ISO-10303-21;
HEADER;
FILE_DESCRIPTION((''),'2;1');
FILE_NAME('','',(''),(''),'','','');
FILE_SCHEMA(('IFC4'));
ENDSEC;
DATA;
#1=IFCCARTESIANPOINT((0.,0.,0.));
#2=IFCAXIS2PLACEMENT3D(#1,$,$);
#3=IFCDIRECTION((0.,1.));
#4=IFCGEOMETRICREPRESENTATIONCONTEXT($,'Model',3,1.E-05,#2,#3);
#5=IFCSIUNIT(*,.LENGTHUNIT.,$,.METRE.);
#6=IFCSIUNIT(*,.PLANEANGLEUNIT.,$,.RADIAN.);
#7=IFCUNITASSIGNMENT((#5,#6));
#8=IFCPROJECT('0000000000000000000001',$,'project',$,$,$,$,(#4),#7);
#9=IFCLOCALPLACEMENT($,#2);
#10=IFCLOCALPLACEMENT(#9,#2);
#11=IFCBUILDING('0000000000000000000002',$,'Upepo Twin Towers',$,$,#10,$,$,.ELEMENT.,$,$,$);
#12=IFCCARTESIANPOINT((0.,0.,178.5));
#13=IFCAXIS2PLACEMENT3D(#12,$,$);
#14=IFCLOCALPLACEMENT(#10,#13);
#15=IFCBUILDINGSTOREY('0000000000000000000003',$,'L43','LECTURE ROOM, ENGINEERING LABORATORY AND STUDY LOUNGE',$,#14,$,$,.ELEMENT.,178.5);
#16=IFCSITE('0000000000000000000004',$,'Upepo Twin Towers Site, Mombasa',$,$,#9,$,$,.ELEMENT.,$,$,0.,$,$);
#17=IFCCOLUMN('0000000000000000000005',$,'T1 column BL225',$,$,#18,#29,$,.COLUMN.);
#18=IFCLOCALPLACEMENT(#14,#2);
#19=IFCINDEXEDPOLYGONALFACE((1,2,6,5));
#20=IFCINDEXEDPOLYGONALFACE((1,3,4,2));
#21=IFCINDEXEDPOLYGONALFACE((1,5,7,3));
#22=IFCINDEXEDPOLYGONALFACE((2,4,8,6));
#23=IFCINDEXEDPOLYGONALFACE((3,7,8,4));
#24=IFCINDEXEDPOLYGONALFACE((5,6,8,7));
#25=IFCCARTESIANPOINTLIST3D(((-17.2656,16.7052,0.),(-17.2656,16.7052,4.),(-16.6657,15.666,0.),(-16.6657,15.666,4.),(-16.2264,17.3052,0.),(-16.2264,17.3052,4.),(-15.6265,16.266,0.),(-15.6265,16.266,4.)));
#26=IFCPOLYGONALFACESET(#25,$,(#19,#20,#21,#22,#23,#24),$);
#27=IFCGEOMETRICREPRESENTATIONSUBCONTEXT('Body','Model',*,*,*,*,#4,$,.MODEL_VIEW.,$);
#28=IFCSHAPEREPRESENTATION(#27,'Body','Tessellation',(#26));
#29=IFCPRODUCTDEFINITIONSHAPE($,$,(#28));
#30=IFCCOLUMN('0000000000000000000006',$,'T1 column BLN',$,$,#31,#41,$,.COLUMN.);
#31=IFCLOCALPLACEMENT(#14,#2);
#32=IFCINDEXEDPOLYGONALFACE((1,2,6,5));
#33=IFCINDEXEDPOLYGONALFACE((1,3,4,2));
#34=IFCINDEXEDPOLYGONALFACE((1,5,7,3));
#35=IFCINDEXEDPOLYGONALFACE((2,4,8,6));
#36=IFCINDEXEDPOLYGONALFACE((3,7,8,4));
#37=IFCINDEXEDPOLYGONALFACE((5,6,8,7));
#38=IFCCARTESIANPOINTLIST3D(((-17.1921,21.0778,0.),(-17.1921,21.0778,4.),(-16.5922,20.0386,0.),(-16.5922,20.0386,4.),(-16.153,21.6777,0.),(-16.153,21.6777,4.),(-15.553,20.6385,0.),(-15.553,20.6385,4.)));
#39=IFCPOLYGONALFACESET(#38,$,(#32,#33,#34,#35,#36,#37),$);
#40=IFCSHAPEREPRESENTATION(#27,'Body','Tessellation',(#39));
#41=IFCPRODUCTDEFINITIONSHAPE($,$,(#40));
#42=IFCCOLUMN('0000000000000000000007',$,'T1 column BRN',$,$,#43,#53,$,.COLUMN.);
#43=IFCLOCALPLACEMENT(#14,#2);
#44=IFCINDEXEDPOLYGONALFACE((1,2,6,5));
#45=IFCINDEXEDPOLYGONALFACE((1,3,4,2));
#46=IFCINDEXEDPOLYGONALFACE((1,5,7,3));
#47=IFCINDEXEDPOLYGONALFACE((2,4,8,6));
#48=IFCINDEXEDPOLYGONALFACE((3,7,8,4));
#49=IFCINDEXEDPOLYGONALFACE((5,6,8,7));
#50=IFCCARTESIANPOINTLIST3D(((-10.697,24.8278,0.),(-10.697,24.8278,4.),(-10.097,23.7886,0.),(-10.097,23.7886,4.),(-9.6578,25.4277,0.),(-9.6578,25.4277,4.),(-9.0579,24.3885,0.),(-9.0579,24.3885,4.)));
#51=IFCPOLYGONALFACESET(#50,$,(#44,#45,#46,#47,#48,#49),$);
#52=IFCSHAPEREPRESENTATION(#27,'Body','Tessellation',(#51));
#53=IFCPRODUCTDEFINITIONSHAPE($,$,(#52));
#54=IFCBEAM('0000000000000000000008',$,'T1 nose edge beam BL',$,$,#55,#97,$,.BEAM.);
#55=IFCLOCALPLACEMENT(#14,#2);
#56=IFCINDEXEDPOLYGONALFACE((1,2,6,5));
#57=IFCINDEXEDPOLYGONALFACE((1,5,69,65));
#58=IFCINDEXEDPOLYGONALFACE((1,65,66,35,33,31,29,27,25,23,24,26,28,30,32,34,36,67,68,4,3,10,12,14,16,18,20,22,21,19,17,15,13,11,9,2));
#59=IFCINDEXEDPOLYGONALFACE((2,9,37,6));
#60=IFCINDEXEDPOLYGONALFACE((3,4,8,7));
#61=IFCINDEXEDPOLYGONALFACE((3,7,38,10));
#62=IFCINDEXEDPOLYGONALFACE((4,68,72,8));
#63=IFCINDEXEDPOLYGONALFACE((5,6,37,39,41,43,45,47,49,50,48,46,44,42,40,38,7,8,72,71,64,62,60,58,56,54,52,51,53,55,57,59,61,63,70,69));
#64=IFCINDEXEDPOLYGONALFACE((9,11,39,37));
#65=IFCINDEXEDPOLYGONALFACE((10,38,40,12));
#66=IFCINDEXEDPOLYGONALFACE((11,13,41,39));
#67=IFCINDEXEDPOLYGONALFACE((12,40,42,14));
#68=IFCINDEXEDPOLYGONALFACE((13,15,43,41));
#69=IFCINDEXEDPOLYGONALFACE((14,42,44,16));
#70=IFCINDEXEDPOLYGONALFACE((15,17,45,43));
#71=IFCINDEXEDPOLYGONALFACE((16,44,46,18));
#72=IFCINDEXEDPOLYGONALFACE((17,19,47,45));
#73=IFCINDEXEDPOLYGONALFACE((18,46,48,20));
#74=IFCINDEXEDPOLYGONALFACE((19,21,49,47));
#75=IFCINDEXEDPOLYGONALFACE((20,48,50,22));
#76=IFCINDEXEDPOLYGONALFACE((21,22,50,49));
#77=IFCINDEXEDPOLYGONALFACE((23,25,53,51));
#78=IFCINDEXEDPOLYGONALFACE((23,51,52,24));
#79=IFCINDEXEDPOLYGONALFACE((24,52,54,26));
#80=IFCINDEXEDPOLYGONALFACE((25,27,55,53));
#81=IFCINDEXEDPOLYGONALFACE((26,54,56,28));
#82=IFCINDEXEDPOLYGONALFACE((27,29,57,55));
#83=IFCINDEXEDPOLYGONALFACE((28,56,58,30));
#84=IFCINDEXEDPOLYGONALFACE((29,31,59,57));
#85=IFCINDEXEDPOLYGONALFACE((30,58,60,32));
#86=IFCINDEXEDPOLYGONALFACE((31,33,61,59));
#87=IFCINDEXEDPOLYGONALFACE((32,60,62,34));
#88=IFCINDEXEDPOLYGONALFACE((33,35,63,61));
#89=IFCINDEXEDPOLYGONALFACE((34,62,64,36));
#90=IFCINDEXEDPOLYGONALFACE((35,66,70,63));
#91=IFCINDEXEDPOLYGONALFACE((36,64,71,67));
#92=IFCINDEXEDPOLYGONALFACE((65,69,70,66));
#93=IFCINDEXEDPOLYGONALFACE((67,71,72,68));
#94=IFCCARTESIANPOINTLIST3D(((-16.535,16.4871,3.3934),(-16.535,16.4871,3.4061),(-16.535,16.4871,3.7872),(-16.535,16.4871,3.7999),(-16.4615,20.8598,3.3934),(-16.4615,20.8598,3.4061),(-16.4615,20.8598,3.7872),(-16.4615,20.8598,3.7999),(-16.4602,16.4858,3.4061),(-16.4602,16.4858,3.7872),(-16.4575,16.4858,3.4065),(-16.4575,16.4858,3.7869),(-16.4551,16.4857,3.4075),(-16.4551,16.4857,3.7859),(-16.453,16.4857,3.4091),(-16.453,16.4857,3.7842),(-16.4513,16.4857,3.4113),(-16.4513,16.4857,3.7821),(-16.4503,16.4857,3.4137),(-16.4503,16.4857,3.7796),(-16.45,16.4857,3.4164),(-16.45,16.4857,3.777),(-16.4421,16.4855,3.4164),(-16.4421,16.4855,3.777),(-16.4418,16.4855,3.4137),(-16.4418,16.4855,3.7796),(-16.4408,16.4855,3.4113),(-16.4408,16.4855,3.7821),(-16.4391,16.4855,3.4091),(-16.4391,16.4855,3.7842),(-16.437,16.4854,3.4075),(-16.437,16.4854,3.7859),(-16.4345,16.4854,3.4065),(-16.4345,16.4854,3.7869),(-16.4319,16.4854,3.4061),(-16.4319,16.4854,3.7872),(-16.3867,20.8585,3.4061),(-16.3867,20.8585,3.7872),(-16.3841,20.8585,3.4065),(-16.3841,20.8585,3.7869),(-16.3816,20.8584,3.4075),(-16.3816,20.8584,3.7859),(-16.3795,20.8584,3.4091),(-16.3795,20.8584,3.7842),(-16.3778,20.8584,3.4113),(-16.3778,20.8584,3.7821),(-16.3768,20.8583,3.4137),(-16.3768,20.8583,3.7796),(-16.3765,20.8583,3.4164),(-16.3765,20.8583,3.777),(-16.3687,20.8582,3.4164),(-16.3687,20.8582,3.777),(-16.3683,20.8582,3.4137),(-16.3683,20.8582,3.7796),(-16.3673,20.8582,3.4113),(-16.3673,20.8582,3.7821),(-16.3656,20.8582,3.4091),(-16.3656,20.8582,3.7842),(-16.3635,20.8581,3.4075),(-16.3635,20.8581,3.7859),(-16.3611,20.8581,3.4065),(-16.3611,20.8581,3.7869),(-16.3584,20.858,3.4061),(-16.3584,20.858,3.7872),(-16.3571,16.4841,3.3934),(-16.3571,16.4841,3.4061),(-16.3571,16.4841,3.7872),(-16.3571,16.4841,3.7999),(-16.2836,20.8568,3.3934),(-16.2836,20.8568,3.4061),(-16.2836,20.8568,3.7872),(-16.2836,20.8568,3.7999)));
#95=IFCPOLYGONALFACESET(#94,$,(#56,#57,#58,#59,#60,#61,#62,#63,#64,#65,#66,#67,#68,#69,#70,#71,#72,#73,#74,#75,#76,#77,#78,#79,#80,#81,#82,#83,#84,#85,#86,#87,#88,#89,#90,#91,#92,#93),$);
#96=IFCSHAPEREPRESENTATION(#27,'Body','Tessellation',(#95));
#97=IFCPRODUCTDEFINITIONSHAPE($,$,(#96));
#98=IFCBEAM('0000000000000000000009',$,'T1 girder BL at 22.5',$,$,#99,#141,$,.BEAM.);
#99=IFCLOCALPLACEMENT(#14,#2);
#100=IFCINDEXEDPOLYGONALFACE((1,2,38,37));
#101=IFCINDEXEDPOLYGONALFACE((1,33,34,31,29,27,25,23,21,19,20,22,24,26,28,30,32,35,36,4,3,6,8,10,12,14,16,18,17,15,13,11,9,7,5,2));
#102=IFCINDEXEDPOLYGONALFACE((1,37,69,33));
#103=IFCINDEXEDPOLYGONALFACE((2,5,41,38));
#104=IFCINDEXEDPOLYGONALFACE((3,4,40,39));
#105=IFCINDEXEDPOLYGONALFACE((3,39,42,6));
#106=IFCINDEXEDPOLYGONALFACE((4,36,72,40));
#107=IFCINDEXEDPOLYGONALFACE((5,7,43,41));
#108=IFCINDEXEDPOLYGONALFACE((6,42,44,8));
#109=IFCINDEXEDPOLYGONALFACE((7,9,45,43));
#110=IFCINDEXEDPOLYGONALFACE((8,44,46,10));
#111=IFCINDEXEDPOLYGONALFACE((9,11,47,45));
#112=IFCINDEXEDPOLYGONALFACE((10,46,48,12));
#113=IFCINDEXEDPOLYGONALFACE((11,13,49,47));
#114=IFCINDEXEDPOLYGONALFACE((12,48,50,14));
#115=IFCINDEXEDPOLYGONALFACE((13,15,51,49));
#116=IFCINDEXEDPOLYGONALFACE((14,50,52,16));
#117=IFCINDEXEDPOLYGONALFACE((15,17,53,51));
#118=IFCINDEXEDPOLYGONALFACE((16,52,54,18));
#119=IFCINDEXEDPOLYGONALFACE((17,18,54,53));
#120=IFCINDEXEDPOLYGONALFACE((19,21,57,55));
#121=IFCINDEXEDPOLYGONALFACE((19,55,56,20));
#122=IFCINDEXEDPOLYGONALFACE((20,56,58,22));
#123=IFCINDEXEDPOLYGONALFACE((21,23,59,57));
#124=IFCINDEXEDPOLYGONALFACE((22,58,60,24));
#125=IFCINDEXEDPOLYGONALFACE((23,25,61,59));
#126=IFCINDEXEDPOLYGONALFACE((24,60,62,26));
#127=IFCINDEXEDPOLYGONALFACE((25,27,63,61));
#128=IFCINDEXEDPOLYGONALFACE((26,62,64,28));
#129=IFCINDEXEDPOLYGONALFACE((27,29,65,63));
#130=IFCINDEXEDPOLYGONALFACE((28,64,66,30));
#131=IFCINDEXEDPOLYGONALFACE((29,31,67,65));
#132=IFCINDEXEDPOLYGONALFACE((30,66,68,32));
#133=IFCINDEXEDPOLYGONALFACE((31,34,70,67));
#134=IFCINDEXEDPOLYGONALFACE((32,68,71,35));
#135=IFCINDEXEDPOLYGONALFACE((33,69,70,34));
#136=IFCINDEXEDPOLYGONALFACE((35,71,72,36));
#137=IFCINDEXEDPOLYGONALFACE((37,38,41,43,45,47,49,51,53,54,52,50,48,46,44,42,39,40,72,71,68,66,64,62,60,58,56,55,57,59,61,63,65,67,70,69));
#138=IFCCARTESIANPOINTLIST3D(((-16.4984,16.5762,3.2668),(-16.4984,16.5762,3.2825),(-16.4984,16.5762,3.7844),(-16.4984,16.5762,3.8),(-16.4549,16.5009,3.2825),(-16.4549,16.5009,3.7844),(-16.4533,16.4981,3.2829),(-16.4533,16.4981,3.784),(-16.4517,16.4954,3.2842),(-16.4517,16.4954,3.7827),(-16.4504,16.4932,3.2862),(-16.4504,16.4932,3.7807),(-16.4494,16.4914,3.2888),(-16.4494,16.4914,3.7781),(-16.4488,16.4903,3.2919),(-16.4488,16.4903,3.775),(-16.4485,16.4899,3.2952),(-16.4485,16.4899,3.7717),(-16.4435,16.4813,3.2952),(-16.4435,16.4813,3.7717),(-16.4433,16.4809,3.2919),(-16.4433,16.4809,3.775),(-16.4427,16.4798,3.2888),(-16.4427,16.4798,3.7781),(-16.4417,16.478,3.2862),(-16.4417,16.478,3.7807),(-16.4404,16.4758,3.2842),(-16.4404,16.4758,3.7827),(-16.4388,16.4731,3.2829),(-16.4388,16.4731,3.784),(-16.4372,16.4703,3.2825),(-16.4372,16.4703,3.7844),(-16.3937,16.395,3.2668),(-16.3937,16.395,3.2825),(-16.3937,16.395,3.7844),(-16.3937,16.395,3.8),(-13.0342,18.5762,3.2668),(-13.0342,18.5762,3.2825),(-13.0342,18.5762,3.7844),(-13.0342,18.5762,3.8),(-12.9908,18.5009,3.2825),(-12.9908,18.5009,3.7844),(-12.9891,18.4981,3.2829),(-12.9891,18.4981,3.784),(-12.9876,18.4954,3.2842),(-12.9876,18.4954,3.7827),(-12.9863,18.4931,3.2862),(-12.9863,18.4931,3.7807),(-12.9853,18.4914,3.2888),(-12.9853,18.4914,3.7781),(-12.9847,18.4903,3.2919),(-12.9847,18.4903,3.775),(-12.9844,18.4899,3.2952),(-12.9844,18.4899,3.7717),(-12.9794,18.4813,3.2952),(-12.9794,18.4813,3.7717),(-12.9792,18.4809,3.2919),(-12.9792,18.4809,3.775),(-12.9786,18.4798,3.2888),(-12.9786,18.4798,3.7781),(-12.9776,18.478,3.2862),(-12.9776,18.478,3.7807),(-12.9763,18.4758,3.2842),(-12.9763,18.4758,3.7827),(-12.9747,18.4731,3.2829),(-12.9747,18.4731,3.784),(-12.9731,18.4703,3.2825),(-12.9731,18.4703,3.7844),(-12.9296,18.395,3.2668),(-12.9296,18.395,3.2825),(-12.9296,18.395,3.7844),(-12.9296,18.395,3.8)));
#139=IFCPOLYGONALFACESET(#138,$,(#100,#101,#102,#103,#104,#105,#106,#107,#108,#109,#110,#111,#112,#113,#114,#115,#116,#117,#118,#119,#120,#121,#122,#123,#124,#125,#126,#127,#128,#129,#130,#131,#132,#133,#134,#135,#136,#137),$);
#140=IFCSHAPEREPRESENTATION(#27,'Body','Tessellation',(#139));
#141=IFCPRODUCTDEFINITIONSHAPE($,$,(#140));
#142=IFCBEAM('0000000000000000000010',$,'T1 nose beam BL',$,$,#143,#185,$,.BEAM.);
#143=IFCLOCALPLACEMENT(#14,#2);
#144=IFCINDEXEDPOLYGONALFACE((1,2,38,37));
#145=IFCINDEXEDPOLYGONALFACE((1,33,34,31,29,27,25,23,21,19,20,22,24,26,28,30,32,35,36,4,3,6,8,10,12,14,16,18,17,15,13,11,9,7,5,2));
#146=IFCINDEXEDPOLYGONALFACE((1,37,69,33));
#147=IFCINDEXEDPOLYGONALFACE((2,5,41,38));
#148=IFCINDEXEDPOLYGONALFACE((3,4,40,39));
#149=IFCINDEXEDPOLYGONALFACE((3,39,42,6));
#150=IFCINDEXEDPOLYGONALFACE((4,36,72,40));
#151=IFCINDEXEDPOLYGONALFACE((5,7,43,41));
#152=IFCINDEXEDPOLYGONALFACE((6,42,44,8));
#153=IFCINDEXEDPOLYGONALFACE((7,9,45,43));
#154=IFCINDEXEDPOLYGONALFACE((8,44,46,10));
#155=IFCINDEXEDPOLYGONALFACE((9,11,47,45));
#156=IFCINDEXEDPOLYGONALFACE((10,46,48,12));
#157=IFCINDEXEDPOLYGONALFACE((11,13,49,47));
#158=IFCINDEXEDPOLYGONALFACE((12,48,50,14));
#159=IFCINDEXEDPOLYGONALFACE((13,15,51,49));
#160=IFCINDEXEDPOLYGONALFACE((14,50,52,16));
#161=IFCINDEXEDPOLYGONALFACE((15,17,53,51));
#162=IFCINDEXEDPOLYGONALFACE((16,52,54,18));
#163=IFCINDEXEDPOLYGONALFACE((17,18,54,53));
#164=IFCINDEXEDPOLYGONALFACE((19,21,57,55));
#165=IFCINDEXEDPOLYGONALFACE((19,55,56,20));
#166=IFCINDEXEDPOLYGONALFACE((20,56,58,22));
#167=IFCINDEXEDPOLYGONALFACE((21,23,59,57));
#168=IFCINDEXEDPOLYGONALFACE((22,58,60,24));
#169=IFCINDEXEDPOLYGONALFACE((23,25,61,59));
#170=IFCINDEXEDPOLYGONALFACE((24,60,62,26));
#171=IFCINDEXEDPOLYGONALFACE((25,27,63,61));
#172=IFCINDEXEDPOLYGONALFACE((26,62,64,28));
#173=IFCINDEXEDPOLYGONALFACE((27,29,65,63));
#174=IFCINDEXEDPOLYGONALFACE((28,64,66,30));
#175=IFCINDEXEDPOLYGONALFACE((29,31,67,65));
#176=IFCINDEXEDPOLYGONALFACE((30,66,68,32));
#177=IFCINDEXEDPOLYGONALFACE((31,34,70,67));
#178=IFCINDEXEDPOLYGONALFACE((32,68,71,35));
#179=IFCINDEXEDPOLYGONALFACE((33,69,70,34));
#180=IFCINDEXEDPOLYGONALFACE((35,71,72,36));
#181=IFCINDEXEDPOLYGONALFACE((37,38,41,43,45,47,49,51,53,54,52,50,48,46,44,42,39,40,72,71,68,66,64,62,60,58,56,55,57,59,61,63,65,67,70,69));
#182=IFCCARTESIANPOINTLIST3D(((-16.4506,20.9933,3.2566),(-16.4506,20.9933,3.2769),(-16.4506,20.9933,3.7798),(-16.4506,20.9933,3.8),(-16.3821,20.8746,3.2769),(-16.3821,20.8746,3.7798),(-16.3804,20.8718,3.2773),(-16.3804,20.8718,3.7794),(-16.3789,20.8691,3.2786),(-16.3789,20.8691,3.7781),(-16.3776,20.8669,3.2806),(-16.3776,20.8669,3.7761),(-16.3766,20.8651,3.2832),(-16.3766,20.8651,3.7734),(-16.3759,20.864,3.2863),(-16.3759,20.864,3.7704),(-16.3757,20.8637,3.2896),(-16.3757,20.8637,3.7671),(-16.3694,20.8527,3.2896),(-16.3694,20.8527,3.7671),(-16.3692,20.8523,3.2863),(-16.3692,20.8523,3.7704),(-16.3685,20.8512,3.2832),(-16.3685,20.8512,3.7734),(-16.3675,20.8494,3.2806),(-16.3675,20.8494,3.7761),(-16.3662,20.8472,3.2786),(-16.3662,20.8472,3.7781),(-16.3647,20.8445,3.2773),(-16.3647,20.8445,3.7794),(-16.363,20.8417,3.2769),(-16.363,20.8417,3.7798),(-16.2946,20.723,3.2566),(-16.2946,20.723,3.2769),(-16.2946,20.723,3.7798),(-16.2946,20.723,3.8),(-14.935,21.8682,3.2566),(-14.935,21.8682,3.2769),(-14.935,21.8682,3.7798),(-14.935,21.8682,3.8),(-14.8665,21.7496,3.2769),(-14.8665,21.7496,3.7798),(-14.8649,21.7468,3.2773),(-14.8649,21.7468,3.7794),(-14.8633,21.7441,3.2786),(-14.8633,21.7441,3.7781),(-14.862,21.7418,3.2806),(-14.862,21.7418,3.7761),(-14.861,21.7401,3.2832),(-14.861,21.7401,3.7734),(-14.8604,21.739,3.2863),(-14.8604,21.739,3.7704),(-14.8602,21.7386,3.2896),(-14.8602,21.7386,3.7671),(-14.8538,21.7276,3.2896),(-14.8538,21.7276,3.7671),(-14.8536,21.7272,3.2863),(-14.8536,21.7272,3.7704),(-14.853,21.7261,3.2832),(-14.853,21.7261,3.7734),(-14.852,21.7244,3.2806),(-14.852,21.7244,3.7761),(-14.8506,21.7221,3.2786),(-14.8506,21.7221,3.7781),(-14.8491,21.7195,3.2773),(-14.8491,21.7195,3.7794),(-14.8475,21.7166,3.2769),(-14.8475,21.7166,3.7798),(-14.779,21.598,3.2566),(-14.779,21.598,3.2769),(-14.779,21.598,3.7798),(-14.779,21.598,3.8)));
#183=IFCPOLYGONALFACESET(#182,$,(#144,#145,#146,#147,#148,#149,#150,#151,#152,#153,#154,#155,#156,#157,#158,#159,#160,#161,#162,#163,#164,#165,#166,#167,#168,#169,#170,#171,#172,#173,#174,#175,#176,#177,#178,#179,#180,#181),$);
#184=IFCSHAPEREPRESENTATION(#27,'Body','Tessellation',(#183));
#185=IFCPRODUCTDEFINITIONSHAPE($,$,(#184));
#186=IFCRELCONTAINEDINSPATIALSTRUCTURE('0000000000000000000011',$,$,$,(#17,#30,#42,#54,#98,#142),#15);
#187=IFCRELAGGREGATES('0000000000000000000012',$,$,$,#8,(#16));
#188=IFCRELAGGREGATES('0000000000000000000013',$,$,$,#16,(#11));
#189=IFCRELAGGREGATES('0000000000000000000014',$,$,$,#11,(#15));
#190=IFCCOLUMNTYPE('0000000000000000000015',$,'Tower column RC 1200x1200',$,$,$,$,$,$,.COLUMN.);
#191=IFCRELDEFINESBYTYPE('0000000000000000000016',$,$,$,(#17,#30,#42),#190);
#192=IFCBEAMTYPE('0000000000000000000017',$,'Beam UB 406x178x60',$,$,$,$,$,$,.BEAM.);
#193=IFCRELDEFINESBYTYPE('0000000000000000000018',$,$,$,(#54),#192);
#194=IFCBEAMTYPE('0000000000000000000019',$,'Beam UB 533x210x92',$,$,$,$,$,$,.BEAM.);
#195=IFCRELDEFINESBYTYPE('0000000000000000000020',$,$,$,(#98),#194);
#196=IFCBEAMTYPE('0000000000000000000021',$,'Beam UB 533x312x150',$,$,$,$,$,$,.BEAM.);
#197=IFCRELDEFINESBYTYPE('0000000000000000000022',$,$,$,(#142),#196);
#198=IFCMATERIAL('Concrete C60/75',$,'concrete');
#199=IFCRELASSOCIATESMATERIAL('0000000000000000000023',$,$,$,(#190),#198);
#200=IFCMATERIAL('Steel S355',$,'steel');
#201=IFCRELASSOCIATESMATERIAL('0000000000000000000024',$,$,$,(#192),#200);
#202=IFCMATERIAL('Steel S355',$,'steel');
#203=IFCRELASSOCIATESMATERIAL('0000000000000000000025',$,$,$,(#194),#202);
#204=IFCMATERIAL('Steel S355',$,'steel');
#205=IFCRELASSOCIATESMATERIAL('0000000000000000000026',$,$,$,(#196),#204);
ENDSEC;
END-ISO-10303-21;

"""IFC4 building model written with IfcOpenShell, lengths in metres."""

from ifc_helpers import new_model, si_unit, direction, frame, origin, origin_2d, place, context, subcontext, project, spatial, rectangle, i_section, extrude, material, material_profile, profile_set, type_object, element, save


model = new_model("IFC4")

# Units and contexts
model_context = context("Model", 3, precision=1e-05, world=origin(), true_north=direction((0.0, 1.0)))
body_context = subcontext(model_context, "Body", "Model", "MODEL_VIEW")
ifc_project = project(units=[si_unit("LENGTHUNIT", "METRE"), si_unit("PLANEANGLEUNIT", "RADIAN")], contexts=[model_context])

# Site, building, storey
site_placement = place(None, origin())
site = spatial("IfcSite", under=ifc_project, at=site_placement, Name="Upepo Twin Towers Site, Mombasa", CompositionType="ELEMENT", RefElevation=0.0)
building_placement = place(site_placement, origin())
building = spatial("IfcBuilding", under=site, at=building_placement, Name="Upepo Twin Towers", CompositionType="ELEMENT")
storey_placement = place(building_placement, frame((0.0, 0.0, 178.5)))
storey = spatial("IfcBuildingStorey", under=building, at=storey_placement, Name="L43", Description="LECTURE ROOM, ENGINEERING LABORATORY AND STUDY LOUNGE", CompositionType="ELEMENT", Elevation=178.5)

# Columns
ifc_material_1 = material(Name="Concrete C60/75", Category="concrete")
ifc_material_profile_1 = material_profile(ifc_material_1, rectangle(XDim=1.2, YDim=1.2, at=origin_2d()), Name="RC 1200x1200")
ifc_profile_set_1 = profile_set([ifc_material_profile_1], Name="Concrete C60/75")
column_type = type_object("IfcColumnType", Name="Tower column RC 1200x1200", PredefinedType="COLUMN", material=ifc_profile_set_1)
for number, where, z_axis, x_axis, name in (
    (1, (-16.446, 16.4856, 0.0), (0.0, 0.0, 1.0), (0.866025, 0.5, 0.0), "T1 column BL225"),
    (2, (-16.3726, 20.8582, 0.0), (0.0, 0.0, 1.0), (0.866025, 0.5, 0.0), "T1 column BLN"),
    (3, (-9.8774, 24.6082, 0.0), (0.0, 0.0, 1.0), (0.866025, 0.5, 0.0), "T1 column BRN"),
):
    element("IfcColumn", number, at=place(storey_placement, frame(where, z_axis=z_axis, x_axis=x_axis)), inside=storey, type_object=column_type, Name=name, PredefinedType="COLUMN", context=body_context, shape_type="SweptSolid", body=[
        extrude(rectangle(XDim=1.2, YDim=1.2, at=origin_2d()), origin(), (0.0, 0.0, 1.0), 4.0),
    ])

# Beams
ifc_material_2 = material(Name="Steel S355", Category="steel")
ifc_material_profile_2 = material_profile(ifc_material_2, i_section(OverallWidth=0.178, OverallDepth=0.4065, WebThickness=0.0078, FlangeThickness=0.0127, FilletRadius=0.0103, at=origin_2d()), Name="UB 406x178x60")
ifc_profile_set_2 = profile_set([ifc_material_profile_2], Name="Steel S355")
beam_type_1 = type_object("IfcBeamType", Name="Beam UB 406x178x60", PredefinedType="BEAM", material=ifc_profile_set_2)
beam_1_placement = place(storey_placement, frame((-16.446, 16.4856, 3.5967), z_axis=(0.016804, 0.999859, 0.0), x_axis=(-0.999859, 0.016804, 0.0)))
element("IfcBeam", 4, at=beam_1_placement, inside=storey, type_object=beam_type_1, Name="T1 nose edge beam BL", PredefinedType="BEAM", context=body_context, shape_type="SweptSolid", body=[
    extrude(i_section(OverallWidth=0.178, OverallDepth=0.4065, WebThickness=0.0078, FlangeThickness=0.0127, FilletRadius=0.0103, at=origin_2d()), origin(), (0.0, 0.0, 1.0), 4.3733),
])
ifc_material_3 = material(Name="Steel S355", Category="steel")
ifc_material_profile_3 = material_profile(ifc_material_3, i_section(OverallWidth=0.2092, OverallDepth=0.5332, WebThickness=0.01, FlangeThickness=0.0156, FilletRadius=0.0127, at=origin_2d()), Name="UB 533x210x92")
ifc_profile_set_3 = profile_set([ifc_material_profile_3], Name="Steel S355")
beam_type_2 = type_object("IfcBeamType", Name="Beam UB 533x210x92", PredefinedType="BEAM", material=ifc_profile_set_3)
beam_2_placement = place(storey_placement, frame((-16.446, 16.4856, 3.5334), z_axis=(0.866026, 0.499999, 0.0), x_axis=(-0.499999, 0.866026, 0.0)))
element("IfcBeam", 5, at=beam_2_placement, inside=storey, type_object=beam_type_2, Name="T1 girder BL at 22.5", PredefinedType="BEAM", context=body_context, shape_type="SweptSolid", body=[
    extrude(i_section(OverallWidth=0.2092, OverallDepth=0.5332, WebThickness=0.01, FlangeThickness=0.0156, FilletRadius=0.0127, at=origin_2d()), origin(), (0.0, 0.0, 1.0), 4.0),
])
ifc_material_4 = material(Name="Steel S355", Category="steel")
ifc_material_profile_4 = material_profile(ifc_material_4, i_section(OverallWidth=0.312, OverallDepth=0.5435, WebThickness=0.0127, FlangeThickness=0.0203, FilletRadius=0.0127, at=origin_2d()), Name="UB 533x312x150")
ifc_profile_set_4 = profile_set([ifc_material_profile_4], Name="Steel S355")
beam_type_3 = type_object("IfcBeamType", Name="Beam UB 533x312x150", PredefinedType="BEAM", material=ifc_profile_set_4)
for number, where, z_axis, x_axis, name in (
    (6, (-16.3726, 20.8582, 3.5283), (0.866037, 0.49998, 0.0), (-0.49998, 0.866037, 0.0), "T1 nose beam BL"),
):
    element("IfcBeam", number, at=place(storey_placement, frame(where, z_axis=z_axis, x_axis=x_axis)), inside=storey, type_object=beam_type_3, Name=name, PredefinedType="BEAM", context=body_context, shape_type="SweptSolid", body=[
        extrude(i_section(OverallWidth=0.312, OverallDepth=0.5435, WebThickness=0.0127, FlangeThickness=0.0203, FilletRadius=0.0127, at=origin_2d()), origin(), (0.0, 0.0, 1.0), 1.75),
    ])

save(model, "model.ifc")
